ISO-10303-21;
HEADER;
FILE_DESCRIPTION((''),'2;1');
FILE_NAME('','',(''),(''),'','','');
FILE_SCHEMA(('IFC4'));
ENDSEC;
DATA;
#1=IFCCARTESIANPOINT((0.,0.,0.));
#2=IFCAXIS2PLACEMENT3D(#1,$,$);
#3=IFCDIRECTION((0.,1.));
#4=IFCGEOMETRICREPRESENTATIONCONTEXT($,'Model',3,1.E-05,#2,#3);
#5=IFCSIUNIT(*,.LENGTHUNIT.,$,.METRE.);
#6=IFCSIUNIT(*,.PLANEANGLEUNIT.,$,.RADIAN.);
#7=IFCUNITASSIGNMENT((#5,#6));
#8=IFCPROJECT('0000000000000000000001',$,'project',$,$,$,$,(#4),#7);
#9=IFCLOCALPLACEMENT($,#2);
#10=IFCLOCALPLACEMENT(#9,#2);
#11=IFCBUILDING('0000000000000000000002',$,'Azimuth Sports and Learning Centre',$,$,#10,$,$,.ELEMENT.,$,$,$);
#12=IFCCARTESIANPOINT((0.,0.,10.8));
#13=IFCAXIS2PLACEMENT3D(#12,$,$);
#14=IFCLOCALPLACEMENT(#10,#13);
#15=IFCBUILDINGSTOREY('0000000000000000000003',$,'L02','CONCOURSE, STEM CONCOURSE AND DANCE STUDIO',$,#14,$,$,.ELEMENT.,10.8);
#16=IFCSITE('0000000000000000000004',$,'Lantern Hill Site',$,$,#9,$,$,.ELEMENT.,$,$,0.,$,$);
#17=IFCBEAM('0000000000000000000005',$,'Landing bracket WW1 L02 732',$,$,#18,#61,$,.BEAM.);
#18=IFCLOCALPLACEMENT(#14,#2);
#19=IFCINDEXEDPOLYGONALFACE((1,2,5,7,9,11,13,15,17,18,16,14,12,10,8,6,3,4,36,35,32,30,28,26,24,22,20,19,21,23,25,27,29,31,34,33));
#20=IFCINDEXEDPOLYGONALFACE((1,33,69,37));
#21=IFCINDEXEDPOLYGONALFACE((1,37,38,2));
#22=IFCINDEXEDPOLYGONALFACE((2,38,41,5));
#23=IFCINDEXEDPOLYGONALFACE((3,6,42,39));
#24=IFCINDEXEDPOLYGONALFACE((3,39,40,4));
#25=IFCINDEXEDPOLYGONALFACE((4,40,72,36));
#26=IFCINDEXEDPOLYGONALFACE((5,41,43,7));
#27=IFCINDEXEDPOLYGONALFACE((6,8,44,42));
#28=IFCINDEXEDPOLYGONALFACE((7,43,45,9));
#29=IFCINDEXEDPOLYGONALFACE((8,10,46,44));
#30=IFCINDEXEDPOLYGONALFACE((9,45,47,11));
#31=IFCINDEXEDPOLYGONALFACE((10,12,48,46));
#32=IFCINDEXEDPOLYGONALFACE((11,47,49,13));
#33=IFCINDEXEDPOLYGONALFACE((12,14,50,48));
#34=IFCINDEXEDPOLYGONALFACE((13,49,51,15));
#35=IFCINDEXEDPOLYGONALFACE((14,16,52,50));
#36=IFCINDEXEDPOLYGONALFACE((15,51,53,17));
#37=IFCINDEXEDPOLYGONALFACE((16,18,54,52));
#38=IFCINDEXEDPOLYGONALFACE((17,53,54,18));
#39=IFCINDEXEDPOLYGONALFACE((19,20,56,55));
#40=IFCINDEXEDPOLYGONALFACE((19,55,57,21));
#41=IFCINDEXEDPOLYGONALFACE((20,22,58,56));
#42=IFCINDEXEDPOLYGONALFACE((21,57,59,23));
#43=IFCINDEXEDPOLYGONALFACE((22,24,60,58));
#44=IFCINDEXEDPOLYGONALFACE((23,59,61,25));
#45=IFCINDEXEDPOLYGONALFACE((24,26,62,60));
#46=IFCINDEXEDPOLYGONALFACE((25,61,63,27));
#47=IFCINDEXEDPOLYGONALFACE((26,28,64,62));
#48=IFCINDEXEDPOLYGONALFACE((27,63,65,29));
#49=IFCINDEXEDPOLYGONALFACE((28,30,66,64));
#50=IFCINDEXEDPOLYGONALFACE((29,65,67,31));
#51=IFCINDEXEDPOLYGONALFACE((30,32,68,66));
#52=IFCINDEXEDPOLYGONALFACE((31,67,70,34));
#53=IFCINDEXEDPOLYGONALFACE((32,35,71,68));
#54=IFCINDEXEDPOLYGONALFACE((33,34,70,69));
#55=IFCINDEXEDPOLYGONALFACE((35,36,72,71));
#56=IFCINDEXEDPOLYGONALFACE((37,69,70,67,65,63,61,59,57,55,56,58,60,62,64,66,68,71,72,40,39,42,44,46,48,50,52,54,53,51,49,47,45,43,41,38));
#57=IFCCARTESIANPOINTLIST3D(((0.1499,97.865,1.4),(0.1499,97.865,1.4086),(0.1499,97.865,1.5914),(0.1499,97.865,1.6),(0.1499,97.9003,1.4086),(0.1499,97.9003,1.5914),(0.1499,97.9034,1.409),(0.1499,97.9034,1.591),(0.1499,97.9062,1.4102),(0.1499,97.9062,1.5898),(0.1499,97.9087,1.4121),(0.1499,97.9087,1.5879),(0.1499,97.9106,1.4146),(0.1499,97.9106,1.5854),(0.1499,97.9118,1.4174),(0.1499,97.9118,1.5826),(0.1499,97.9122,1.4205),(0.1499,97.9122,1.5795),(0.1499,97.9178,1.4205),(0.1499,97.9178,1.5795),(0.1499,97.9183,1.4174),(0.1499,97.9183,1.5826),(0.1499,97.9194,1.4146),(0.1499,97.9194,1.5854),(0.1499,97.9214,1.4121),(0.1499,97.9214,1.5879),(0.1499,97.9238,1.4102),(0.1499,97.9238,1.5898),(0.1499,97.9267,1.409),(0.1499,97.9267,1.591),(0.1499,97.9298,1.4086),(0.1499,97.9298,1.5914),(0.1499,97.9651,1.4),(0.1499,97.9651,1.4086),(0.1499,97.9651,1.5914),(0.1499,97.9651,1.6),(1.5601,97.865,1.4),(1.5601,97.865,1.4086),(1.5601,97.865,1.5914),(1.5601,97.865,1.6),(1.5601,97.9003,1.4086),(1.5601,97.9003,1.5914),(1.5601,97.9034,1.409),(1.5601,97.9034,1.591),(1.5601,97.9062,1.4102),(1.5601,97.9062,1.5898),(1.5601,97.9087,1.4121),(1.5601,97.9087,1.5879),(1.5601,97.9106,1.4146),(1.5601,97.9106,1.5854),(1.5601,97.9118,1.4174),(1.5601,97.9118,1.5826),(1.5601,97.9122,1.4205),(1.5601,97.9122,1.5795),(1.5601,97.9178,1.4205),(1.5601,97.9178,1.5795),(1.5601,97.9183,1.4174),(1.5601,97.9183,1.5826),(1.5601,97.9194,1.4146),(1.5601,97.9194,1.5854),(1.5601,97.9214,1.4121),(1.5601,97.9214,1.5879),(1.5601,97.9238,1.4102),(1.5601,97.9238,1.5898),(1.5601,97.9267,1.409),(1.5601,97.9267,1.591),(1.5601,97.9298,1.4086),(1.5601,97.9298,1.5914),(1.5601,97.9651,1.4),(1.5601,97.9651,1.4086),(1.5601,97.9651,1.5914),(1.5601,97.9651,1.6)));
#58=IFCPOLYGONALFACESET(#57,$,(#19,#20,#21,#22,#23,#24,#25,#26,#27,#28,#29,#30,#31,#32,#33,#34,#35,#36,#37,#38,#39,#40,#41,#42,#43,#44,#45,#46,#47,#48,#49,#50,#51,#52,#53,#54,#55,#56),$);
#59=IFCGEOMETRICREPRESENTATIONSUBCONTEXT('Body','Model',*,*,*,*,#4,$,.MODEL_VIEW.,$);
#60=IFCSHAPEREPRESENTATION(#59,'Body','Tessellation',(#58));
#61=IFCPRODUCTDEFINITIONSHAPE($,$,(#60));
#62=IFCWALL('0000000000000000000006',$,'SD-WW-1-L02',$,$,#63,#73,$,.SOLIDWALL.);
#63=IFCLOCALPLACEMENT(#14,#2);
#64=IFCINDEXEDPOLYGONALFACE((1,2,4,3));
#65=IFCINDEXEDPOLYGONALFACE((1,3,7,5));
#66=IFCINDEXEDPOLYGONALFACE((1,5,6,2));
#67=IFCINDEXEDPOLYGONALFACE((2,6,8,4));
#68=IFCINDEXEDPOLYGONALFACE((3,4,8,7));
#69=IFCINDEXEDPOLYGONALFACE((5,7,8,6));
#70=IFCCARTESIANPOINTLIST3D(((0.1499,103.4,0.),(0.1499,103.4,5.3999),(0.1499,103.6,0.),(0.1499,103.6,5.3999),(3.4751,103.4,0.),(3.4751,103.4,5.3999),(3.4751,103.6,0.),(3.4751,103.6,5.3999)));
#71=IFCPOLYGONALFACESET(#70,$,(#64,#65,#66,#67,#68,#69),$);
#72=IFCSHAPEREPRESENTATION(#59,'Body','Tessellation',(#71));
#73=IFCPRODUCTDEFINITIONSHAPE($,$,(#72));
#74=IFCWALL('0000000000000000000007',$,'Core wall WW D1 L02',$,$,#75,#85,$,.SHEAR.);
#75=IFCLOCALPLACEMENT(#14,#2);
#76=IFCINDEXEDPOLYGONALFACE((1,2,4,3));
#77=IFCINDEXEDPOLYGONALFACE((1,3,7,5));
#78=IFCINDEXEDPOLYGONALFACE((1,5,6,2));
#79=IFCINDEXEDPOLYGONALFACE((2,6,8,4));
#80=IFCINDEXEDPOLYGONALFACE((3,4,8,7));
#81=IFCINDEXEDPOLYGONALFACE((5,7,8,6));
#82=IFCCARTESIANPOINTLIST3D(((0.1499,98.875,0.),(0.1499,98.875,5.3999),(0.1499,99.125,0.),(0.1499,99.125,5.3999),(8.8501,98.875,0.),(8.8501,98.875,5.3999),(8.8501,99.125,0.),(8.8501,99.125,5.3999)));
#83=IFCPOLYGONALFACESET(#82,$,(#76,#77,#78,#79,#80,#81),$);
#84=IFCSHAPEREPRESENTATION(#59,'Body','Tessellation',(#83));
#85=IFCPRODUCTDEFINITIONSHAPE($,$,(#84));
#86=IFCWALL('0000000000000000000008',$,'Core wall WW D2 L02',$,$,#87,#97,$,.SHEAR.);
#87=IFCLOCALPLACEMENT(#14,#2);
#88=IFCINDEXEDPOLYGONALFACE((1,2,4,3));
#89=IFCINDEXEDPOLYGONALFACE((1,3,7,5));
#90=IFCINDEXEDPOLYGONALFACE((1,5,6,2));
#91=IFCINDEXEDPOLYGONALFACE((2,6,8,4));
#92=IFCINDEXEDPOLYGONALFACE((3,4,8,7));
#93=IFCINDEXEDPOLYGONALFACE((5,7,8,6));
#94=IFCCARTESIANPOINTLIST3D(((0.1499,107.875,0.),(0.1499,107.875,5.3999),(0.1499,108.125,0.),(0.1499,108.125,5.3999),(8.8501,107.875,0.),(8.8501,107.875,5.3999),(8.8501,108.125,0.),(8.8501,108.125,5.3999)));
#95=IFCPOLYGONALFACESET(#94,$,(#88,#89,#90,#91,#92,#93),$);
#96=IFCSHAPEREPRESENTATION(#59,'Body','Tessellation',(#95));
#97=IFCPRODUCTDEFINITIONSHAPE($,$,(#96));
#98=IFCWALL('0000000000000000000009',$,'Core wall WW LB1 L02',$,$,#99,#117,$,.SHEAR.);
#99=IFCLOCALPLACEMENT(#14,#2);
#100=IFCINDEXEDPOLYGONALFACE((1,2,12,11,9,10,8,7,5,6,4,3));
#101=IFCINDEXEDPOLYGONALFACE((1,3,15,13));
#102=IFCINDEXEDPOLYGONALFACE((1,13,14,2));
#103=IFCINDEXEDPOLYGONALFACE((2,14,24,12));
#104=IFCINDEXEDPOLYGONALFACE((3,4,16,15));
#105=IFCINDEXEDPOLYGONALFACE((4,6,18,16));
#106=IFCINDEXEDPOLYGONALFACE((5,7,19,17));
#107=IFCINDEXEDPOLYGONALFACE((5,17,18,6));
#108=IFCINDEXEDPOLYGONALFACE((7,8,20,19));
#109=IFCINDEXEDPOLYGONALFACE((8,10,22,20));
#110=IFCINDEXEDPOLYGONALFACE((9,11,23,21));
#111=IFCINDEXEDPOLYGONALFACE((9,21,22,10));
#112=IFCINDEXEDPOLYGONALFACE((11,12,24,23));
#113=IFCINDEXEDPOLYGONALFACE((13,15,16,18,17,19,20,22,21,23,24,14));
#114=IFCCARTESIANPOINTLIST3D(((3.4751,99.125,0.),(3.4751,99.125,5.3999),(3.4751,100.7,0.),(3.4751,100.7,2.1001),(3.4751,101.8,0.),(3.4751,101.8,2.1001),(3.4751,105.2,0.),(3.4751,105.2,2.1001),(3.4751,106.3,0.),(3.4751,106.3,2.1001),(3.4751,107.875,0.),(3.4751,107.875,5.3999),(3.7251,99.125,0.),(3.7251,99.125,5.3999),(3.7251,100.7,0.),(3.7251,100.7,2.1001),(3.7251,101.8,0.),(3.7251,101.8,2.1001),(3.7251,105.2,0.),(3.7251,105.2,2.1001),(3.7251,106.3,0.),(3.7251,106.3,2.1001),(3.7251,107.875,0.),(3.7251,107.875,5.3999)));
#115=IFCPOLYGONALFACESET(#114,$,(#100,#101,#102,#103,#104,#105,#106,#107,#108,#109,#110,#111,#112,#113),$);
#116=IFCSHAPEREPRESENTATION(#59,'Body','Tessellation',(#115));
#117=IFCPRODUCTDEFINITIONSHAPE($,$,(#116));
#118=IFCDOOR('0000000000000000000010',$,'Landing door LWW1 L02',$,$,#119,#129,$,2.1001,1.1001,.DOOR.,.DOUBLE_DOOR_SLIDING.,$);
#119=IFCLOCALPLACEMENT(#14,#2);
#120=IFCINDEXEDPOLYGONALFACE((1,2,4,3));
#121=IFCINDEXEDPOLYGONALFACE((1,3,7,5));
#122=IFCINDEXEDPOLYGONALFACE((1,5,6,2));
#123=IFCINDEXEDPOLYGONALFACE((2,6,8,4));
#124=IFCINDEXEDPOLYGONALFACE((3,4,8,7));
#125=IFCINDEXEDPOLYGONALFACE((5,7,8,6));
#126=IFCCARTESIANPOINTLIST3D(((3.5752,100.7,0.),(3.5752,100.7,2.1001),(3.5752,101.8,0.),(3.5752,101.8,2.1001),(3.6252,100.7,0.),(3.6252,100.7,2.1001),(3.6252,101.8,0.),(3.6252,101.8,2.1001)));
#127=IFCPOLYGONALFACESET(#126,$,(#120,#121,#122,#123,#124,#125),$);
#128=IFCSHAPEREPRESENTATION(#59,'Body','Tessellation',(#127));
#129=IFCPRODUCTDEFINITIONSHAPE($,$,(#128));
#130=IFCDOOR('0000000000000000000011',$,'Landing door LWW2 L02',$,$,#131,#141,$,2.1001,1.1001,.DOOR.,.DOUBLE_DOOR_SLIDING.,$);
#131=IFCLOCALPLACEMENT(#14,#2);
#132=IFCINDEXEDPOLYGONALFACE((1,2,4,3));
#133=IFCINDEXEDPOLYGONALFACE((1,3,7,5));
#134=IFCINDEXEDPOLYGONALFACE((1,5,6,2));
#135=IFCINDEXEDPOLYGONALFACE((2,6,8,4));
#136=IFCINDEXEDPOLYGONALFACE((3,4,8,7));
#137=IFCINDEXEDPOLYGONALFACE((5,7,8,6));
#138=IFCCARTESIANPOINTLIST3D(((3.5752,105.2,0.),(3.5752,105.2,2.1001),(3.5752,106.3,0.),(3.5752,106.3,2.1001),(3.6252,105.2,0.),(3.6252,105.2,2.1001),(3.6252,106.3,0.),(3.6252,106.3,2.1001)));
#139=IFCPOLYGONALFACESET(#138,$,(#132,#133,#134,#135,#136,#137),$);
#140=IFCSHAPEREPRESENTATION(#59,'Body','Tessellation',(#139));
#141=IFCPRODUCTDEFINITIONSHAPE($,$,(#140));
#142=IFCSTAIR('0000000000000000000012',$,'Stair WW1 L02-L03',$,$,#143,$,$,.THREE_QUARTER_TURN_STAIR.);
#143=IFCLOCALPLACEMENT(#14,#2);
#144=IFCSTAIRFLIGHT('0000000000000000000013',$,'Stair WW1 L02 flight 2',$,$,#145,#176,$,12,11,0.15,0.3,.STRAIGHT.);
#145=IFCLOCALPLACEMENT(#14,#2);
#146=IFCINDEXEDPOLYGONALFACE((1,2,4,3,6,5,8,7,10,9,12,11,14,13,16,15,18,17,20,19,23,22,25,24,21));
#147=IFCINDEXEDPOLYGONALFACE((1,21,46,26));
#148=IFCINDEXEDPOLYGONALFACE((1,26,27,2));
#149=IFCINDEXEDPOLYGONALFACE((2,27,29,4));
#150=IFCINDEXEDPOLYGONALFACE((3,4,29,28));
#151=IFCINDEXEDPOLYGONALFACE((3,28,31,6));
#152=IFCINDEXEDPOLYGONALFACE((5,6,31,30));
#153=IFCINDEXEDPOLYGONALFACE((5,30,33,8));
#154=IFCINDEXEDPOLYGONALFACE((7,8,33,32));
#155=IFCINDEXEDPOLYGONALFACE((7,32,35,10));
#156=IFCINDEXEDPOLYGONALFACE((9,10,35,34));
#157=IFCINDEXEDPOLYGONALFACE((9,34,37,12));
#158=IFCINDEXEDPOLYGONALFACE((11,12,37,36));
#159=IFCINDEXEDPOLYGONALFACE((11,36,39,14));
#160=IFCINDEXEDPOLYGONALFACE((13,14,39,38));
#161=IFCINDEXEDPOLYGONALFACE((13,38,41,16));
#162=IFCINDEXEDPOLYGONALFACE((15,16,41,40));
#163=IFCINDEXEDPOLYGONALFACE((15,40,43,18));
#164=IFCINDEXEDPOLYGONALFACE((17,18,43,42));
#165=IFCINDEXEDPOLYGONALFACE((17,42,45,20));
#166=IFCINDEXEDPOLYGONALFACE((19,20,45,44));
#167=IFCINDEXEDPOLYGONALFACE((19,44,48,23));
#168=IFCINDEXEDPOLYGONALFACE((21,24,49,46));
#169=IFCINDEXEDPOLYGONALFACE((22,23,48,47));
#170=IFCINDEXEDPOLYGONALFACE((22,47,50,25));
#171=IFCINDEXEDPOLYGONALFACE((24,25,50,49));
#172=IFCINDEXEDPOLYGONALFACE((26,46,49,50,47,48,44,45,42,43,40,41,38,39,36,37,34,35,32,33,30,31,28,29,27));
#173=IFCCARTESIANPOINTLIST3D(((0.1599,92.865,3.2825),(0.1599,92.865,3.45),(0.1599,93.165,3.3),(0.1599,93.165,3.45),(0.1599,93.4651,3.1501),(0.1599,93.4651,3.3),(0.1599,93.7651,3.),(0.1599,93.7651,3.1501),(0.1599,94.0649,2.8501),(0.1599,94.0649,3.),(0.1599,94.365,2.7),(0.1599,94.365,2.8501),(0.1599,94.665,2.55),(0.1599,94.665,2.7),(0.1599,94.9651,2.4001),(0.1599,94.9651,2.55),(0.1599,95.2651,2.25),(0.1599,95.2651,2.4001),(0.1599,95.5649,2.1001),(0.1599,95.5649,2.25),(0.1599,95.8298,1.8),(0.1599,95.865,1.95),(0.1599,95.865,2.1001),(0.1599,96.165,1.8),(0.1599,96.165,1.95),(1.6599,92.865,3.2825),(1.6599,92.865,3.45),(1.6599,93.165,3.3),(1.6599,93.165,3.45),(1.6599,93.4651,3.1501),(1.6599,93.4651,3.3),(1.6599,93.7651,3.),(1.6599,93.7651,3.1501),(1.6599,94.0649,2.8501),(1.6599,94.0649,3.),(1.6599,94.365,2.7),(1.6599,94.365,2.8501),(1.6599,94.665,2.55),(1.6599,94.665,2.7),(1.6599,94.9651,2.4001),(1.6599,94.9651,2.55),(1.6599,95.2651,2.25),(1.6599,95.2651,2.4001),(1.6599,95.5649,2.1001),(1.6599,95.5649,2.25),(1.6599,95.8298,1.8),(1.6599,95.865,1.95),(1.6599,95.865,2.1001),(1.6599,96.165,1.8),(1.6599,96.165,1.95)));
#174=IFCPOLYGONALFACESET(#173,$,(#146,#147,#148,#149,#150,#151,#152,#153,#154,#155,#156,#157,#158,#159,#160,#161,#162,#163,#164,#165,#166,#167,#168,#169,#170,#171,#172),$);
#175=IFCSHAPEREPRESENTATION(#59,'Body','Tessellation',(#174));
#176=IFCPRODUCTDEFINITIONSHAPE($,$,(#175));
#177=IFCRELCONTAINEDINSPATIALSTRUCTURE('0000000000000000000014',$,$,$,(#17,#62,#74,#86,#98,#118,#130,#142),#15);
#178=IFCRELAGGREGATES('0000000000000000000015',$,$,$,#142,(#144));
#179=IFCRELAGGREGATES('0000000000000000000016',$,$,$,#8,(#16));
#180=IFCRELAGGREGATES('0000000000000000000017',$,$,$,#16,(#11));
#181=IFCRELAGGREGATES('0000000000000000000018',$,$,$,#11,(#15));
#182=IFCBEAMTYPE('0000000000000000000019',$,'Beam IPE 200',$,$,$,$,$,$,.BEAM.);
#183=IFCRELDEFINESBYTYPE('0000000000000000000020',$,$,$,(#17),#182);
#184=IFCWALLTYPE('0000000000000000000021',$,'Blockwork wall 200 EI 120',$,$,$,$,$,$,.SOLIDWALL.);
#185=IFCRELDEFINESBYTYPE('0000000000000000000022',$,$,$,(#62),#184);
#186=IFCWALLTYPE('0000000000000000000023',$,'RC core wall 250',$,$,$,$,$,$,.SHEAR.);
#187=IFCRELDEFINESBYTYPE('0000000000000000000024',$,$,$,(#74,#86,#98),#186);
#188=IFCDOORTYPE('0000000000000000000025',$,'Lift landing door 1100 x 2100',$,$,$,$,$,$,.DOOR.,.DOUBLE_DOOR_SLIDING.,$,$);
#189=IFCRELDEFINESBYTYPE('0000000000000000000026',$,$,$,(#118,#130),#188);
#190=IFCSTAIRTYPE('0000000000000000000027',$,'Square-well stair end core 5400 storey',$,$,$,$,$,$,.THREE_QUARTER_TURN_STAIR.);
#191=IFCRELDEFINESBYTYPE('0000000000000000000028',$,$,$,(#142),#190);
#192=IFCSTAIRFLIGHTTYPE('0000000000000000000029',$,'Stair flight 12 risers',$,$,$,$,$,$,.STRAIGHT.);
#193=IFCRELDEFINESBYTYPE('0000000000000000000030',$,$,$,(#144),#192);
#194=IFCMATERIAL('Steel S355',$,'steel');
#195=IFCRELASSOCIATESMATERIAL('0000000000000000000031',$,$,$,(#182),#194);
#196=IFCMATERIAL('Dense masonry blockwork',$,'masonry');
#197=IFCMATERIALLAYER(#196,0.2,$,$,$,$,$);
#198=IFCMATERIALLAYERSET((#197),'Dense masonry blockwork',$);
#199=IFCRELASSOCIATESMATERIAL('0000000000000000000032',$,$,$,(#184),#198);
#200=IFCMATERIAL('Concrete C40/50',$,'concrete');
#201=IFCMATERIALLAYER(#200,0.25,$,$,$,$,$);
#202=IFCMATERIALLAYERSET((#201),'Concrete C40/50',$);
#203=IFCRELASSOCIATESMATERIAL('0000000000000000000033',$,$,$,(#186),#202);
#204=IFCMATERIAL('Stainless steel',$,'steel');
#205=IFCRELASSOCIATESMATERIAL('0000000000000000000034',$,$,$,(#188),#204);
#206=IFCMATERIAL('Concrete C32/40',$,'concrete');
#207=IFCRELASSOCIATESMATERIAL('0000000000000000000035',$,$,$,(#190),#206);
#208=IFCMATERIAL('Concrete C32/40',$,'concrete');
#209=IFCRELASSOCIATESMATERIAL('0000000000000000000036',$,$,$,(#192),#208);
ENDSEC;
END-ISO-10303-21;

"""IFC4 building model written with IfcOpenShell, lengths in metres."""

from ifc_helpers import new_model, si_unit, direction, frame, frame_2d, origin, origin_2d, place, context, subcontext, project, spatial, polyline, rectangle, i_section, outline, extrude, material, layer, layer_set, material_profile, profile_set, type_object, element, fill, aggregate, save


model = new_model("IFC4")

# Units and contexts
model_context = context("Model", 3, precision=1e-05, world=origin(), true_north=direction((0.0, 1.0)))
body_context = subcontext(model_context, "Body", "Model", "MODEL_VIEW")
ifc_project = project(units=[si_unit("LENGTHUNIT", "METRE"), si_unit("PLANEANGLEUNIT", "RADIAN")], contexts=[model_context])

# Site, building, storey
site_placement = place(None, origin())
site = spatial("IfcSite", under=ifc_project, at=site_placement, Name="Lantern Hill Site", CompositionType="ELEMENT", RefElevation=0.0)
building_placement = place(site_placement, origin())
building = spatial("IfcBuilding", under=site, at=building_placement, Name="Azimuth Sports and Learning Centre", CompositionType="ELEMENT")
storey_placement = place(building_placement, frame((0.0, 0.0, 10.8)))
storey = spatial("IfcBuildingStorey", under=building, at=storey_placement, Name="L02", Description="CONCOURSE, STEM CONCOURSE AND DANCE STUDIO", CompositionType="ELEMENT", Elevation=10.8)

# Beam
ifc_material_1 = material(Name="Steel S355", Category="steel")
ifc_material_profile = material_profile(ifc_material_1, i_section(OverallWidth=0.1001, OverallDepth=0.2, WebThickness=0.0056, FlangeThickness=0.0085, FilletRadius=0.012, at=origin_2d()), Name="IPE 200")
ifc_profile_set = profile_set([ifc_material_profile], Name="Steel S355")
beam_type = type_object("IfcBeamType", Name="Beam IPE 200", PredefinedType="BEAM", material=ifc_profile_set)
beam_placement = place(storey_placement, frame((0.1499, 97.915, 1.5), z_axis=(1.0, 0.0, 0.0), x_axis=(0.0, 1.0, 0.0)))
element("IfcBeam", 1, at=beam_placement, inside=storey, type_object=beam_type, Name="Landing bracket WW1 L02 732", PredefinedType="BEAM", context=body_context, shape_type="SweptSolid", body=[
    extrude(i_section(OverallWidth=0.1001, OverallDepth=0.2, WebThickness=0.0056, FlangeThickness=0.0085, FilletRadius=0.012, at=origin_2d()), origin(), (0.0, 0.0, 1.0), 1.4102),
])

# Walls
ifc_material_2 = material(Name="Dense masonry blockwork", Category="masonry")
ifc_layer_1 = layer(ifc_material_2, 0.2)
ifc_layer_set_1 = layer_set([ifc_layer_1], Name="Dense masonry blockwork")
wall_type_1 = type_object("IfcWallType", Name="Blockwork wall 200 EI 120", PredefinedType="SOLIDWALL", material=ifc_layer_set_1)
wall_1_placement = place(storey_placement, frame((0.1499, 103.5, 0.0), z_axis=(0.0, 0.0, 1.0), x_axis=(1.0, 0.0, 0.0)))
element("IfcWall", 2, at=wall_1_placement, inside=storey, type_object=wall_type_1, Name="SD-WW-1-L02", PredefinedType="SOLIDWALL", context=body_context, shape_type="SweptSolid", body=[
    extrude(rectangle(XDim=3.3252, YDim=0.2, at=frame_2d((1.6626, 0.0))), origin(), (0.0, 0.0, 1.0), 5.3999),
])
ifc_material_3 = material(Name="Concrete C40/50", Category="concrete")
ifc_layer_2 = layer(ifc_material_3, 0.25)
ifc_layer_set_2 = layer_set([ifc_layer_2], Name="Concrete C40/50")
wall_type_2 = type_object("IfcWallType", Name="RC core wall 250", PredefinedType="SHEAR", material=ifc_layer_set_2)
for number, where, z_axis, x_axis, name in (
    (3, (0.1499, 99.0, 0.0), (0.0, 0.0, 1.0), (1.0, 0.0, 0.0), "Core wall WW D1 L02"),
    (4, (0.1499, 108.0, 0.0), (0.0, 0.0, 1.0), (1.0, 0.0, 0.0), "Core wall WW D2 L02"),
):
    element("IfcWall", number, at=place(storey_placement, frame(where, z_axis=z_axis, x_axis=x_axis)), inside=storey, type_object=wall_type_2, Name=name, PredefinedType="SHEAR", context=body_context, shape_type="SweptSolid", body=[
        extrude(rectangle(XDim=8.7002, YDim=0.25, at=frame_2d((4.3501, 0.0))), origin(), (0.0, 0.0, 1.0), 5.3999),
    ])

# Wall, openings, doors
wall_2_placement = place(storey_placement, frame((3.6001, 99.125, 0.0), z_axis=(0.0, 0.0, 1.0), x_axis=(0.0, 1.0, 0.0)))
wall_2 = element("IfcWall", 5, at=wall_2_placement, inside=storey, type_object=wall_type_2, Name="Core wall WW LB1 L02", PredefinedType="SHEAR", context=body_context, shape_type="SweptSolid", body=[
    extrude(rectangle(XDim=8.75, YDim=0.25, at=frame_2d((4.375, 0.0))), origin(), (0.0, 0.0, 1.0), 5.3999),
])
opening_1_placement = place(wall_2_placement, frame((1.575, 0.0, 0.0)))
opening_1 = element("IfcOpeningElement", 6, at=opening_1_placement, cuts=wall_2, PredefinedType="OPENING", context=body_context, shape_type="SweptSolid", body=[
    extrude(rectangle(XDim=1.1001, YDim=2.1001, at=frame_2d((0.55, 1.05))), frame((0.0, 0.136, 0.0), z_axis=(0.0, -1.0, 0.0), x_axis=(1.0, 0.0, 0.0)), (0.0, 0.0, 1.0), 0.272),
])
opening_2_placement = place(wall_2_placement, frame((6.075, 0.0, 0.0)))
opening_2 = element("IfcOpeningElement", 7, at=opening_2_placement, cuts=wall_2, PredefinedType="OPENING", context=body_context, shape_type="SweptSolid", body=[
    extrude(rectangle(XDim=1.1001, YDim=2.1001, at=frame_2d((0.55, 1.05))), frame((0.0, 0.136, 0.0), z_axis=(0.0, -1.0, 0.0), x_axis=(1.0, 0.0, 0.0)), (0.0, 0.0, 1.0), 0.272),
])
ifc_material_4 = material(Name="Stainless steel", Category="steel")
door_type = type_object("IfcDoorType", Name="Lift landing door 1100 x 2100", OperationType="DOUBLE_DOOR_SLIDING", PredefinedType="DOOR", material=ifc_material_4)
door_1_placement = place(opening_1_placement, origin())
door_1 = element("IfcDoor", 8, at=door_1_placement, inside=storey, type_object=door_type, Name="Landing door LWW1 L02", OperationType="DOUBLE_DOOR_SLIDING", OverallHeight=2.1001, OverallWidth=1.1001, PredefinedType="DOOR", context=body_context, shape_type="SweptSolid", body=[
    extrude(rectangle(XDim=1.1001, YDim=2.1001, at=frame_2d((0.55, 1.05))), frame((0.0, 0.0249, 0.0), z_axis=(0.0, -1.0, 0.0), x_axis=(1.0, 0.0, 0.0)), (0.0, 0.0, 1.0), 0.05),
])
fill(opening_1, door_1)
door_2_placement = place(opening_2_placement, origin())
door_2 = element("IfcDoor", 9, at=door_2_placement, inside=storey, type_object=door_type, Name="Landing door LWW2 L02", OperationType="DOUBLE_DOOR_SLIDING", OverallHeight=2.1001, OverallWidth=1.1001, PredefinedType="DOOR", context=body_context, shape_type="SweptSolid", body=[
    extrude(rectangle(XDim=1.1001, YDim=2.1001, at=frame_2d((0.55, 1.05))), frame((0.0, 0.0249, 0.0), z_axis=(0.0, -1.0, 0.0), x_axis=(1.0, 0.0, 0.0)), (0.0, 0.0, 1.0), 0.05),
])
fill(opening_2, door_2)

# Stair, stair flight
ifc_material_5 = material(Name="Concrete C32/40", Category="concrete")
stair_type = type_object("IfcStairType", Name="Square-well stair end core 5400 storey", PredefinedType="THREE_QUARTER_TURN_STAIR", material=ifc_material_5)
stair_placement = place(storey_placement, origin())
stair = element("IfcStair", 10, at=stair_placement, inside=storey, type_object=stair_type, Name="Stair WW1 L02-L03", PredefinedType="THREE_QUARTER_TURN_STAIR")
ifc_material_6 = material(Name="Concrete C32/40", Category="concrete")
stair_flight_type = type_object("IfcStairFlightType", Name="Stair flight 12 risers", PredefinedType="STRAIGHT", material=ifc_material_6)
stair_flight_placement = place(storey_placement, frame((0.9099, 96.165, 1.8), z_axis=(0.0, 0.0, 1.0), x_axis=(0.0, -1.0, 0.0)))
stair_flight = element("IfcStairFlight", 11, at=stair_flight_placement, type_object=stair_flight_type, Name="Stair WW1 L02 flight 2", NumberOfRisers=12, NumberOfTreads=11, PredefinedType="STRAIGHT", RiserHeight=0.15, TreadLength=0.3, context=body_context, shape_type="SweptSolid", body=[
    extrude(outline(polyline([(0.0, 0.0), (0.0, 0.1499), (0.3, 0.1499), (0.3, 0.3), (0.6001, 0.3), (0.6001, 0.45), (0.8999, 0.45), (0.8999, 0.6001), (1.2, 0.6001), (1.2, 0.75), (1.5, 0.75), (1.5, 0.8999), (1.8, 0.8999), (1.8, 1.05), (2.1001, 1.05), (2.1001, 1.2), (2.3999, 1.2), (2.3999, 1.3501), (2.7, 1.3501), (2.7, 1.5), (3.0, 1.5), (3.0, 1.6499), (3.3, 1.6499), (3.3, 1.8), (3.3, 1.4824), (0.3352, 0.0), (0.0, 0.0)])), frame((0.0, 0.75, 0.0), z_axis=(0.0, -1.0, 0.0), x_axis=(1.0, 0.0, 0.0)), (0.0, 0.0, 1.0), 1.5),
])
aggregate(stair, [stair_flight])

save(model, "model.ifc")
